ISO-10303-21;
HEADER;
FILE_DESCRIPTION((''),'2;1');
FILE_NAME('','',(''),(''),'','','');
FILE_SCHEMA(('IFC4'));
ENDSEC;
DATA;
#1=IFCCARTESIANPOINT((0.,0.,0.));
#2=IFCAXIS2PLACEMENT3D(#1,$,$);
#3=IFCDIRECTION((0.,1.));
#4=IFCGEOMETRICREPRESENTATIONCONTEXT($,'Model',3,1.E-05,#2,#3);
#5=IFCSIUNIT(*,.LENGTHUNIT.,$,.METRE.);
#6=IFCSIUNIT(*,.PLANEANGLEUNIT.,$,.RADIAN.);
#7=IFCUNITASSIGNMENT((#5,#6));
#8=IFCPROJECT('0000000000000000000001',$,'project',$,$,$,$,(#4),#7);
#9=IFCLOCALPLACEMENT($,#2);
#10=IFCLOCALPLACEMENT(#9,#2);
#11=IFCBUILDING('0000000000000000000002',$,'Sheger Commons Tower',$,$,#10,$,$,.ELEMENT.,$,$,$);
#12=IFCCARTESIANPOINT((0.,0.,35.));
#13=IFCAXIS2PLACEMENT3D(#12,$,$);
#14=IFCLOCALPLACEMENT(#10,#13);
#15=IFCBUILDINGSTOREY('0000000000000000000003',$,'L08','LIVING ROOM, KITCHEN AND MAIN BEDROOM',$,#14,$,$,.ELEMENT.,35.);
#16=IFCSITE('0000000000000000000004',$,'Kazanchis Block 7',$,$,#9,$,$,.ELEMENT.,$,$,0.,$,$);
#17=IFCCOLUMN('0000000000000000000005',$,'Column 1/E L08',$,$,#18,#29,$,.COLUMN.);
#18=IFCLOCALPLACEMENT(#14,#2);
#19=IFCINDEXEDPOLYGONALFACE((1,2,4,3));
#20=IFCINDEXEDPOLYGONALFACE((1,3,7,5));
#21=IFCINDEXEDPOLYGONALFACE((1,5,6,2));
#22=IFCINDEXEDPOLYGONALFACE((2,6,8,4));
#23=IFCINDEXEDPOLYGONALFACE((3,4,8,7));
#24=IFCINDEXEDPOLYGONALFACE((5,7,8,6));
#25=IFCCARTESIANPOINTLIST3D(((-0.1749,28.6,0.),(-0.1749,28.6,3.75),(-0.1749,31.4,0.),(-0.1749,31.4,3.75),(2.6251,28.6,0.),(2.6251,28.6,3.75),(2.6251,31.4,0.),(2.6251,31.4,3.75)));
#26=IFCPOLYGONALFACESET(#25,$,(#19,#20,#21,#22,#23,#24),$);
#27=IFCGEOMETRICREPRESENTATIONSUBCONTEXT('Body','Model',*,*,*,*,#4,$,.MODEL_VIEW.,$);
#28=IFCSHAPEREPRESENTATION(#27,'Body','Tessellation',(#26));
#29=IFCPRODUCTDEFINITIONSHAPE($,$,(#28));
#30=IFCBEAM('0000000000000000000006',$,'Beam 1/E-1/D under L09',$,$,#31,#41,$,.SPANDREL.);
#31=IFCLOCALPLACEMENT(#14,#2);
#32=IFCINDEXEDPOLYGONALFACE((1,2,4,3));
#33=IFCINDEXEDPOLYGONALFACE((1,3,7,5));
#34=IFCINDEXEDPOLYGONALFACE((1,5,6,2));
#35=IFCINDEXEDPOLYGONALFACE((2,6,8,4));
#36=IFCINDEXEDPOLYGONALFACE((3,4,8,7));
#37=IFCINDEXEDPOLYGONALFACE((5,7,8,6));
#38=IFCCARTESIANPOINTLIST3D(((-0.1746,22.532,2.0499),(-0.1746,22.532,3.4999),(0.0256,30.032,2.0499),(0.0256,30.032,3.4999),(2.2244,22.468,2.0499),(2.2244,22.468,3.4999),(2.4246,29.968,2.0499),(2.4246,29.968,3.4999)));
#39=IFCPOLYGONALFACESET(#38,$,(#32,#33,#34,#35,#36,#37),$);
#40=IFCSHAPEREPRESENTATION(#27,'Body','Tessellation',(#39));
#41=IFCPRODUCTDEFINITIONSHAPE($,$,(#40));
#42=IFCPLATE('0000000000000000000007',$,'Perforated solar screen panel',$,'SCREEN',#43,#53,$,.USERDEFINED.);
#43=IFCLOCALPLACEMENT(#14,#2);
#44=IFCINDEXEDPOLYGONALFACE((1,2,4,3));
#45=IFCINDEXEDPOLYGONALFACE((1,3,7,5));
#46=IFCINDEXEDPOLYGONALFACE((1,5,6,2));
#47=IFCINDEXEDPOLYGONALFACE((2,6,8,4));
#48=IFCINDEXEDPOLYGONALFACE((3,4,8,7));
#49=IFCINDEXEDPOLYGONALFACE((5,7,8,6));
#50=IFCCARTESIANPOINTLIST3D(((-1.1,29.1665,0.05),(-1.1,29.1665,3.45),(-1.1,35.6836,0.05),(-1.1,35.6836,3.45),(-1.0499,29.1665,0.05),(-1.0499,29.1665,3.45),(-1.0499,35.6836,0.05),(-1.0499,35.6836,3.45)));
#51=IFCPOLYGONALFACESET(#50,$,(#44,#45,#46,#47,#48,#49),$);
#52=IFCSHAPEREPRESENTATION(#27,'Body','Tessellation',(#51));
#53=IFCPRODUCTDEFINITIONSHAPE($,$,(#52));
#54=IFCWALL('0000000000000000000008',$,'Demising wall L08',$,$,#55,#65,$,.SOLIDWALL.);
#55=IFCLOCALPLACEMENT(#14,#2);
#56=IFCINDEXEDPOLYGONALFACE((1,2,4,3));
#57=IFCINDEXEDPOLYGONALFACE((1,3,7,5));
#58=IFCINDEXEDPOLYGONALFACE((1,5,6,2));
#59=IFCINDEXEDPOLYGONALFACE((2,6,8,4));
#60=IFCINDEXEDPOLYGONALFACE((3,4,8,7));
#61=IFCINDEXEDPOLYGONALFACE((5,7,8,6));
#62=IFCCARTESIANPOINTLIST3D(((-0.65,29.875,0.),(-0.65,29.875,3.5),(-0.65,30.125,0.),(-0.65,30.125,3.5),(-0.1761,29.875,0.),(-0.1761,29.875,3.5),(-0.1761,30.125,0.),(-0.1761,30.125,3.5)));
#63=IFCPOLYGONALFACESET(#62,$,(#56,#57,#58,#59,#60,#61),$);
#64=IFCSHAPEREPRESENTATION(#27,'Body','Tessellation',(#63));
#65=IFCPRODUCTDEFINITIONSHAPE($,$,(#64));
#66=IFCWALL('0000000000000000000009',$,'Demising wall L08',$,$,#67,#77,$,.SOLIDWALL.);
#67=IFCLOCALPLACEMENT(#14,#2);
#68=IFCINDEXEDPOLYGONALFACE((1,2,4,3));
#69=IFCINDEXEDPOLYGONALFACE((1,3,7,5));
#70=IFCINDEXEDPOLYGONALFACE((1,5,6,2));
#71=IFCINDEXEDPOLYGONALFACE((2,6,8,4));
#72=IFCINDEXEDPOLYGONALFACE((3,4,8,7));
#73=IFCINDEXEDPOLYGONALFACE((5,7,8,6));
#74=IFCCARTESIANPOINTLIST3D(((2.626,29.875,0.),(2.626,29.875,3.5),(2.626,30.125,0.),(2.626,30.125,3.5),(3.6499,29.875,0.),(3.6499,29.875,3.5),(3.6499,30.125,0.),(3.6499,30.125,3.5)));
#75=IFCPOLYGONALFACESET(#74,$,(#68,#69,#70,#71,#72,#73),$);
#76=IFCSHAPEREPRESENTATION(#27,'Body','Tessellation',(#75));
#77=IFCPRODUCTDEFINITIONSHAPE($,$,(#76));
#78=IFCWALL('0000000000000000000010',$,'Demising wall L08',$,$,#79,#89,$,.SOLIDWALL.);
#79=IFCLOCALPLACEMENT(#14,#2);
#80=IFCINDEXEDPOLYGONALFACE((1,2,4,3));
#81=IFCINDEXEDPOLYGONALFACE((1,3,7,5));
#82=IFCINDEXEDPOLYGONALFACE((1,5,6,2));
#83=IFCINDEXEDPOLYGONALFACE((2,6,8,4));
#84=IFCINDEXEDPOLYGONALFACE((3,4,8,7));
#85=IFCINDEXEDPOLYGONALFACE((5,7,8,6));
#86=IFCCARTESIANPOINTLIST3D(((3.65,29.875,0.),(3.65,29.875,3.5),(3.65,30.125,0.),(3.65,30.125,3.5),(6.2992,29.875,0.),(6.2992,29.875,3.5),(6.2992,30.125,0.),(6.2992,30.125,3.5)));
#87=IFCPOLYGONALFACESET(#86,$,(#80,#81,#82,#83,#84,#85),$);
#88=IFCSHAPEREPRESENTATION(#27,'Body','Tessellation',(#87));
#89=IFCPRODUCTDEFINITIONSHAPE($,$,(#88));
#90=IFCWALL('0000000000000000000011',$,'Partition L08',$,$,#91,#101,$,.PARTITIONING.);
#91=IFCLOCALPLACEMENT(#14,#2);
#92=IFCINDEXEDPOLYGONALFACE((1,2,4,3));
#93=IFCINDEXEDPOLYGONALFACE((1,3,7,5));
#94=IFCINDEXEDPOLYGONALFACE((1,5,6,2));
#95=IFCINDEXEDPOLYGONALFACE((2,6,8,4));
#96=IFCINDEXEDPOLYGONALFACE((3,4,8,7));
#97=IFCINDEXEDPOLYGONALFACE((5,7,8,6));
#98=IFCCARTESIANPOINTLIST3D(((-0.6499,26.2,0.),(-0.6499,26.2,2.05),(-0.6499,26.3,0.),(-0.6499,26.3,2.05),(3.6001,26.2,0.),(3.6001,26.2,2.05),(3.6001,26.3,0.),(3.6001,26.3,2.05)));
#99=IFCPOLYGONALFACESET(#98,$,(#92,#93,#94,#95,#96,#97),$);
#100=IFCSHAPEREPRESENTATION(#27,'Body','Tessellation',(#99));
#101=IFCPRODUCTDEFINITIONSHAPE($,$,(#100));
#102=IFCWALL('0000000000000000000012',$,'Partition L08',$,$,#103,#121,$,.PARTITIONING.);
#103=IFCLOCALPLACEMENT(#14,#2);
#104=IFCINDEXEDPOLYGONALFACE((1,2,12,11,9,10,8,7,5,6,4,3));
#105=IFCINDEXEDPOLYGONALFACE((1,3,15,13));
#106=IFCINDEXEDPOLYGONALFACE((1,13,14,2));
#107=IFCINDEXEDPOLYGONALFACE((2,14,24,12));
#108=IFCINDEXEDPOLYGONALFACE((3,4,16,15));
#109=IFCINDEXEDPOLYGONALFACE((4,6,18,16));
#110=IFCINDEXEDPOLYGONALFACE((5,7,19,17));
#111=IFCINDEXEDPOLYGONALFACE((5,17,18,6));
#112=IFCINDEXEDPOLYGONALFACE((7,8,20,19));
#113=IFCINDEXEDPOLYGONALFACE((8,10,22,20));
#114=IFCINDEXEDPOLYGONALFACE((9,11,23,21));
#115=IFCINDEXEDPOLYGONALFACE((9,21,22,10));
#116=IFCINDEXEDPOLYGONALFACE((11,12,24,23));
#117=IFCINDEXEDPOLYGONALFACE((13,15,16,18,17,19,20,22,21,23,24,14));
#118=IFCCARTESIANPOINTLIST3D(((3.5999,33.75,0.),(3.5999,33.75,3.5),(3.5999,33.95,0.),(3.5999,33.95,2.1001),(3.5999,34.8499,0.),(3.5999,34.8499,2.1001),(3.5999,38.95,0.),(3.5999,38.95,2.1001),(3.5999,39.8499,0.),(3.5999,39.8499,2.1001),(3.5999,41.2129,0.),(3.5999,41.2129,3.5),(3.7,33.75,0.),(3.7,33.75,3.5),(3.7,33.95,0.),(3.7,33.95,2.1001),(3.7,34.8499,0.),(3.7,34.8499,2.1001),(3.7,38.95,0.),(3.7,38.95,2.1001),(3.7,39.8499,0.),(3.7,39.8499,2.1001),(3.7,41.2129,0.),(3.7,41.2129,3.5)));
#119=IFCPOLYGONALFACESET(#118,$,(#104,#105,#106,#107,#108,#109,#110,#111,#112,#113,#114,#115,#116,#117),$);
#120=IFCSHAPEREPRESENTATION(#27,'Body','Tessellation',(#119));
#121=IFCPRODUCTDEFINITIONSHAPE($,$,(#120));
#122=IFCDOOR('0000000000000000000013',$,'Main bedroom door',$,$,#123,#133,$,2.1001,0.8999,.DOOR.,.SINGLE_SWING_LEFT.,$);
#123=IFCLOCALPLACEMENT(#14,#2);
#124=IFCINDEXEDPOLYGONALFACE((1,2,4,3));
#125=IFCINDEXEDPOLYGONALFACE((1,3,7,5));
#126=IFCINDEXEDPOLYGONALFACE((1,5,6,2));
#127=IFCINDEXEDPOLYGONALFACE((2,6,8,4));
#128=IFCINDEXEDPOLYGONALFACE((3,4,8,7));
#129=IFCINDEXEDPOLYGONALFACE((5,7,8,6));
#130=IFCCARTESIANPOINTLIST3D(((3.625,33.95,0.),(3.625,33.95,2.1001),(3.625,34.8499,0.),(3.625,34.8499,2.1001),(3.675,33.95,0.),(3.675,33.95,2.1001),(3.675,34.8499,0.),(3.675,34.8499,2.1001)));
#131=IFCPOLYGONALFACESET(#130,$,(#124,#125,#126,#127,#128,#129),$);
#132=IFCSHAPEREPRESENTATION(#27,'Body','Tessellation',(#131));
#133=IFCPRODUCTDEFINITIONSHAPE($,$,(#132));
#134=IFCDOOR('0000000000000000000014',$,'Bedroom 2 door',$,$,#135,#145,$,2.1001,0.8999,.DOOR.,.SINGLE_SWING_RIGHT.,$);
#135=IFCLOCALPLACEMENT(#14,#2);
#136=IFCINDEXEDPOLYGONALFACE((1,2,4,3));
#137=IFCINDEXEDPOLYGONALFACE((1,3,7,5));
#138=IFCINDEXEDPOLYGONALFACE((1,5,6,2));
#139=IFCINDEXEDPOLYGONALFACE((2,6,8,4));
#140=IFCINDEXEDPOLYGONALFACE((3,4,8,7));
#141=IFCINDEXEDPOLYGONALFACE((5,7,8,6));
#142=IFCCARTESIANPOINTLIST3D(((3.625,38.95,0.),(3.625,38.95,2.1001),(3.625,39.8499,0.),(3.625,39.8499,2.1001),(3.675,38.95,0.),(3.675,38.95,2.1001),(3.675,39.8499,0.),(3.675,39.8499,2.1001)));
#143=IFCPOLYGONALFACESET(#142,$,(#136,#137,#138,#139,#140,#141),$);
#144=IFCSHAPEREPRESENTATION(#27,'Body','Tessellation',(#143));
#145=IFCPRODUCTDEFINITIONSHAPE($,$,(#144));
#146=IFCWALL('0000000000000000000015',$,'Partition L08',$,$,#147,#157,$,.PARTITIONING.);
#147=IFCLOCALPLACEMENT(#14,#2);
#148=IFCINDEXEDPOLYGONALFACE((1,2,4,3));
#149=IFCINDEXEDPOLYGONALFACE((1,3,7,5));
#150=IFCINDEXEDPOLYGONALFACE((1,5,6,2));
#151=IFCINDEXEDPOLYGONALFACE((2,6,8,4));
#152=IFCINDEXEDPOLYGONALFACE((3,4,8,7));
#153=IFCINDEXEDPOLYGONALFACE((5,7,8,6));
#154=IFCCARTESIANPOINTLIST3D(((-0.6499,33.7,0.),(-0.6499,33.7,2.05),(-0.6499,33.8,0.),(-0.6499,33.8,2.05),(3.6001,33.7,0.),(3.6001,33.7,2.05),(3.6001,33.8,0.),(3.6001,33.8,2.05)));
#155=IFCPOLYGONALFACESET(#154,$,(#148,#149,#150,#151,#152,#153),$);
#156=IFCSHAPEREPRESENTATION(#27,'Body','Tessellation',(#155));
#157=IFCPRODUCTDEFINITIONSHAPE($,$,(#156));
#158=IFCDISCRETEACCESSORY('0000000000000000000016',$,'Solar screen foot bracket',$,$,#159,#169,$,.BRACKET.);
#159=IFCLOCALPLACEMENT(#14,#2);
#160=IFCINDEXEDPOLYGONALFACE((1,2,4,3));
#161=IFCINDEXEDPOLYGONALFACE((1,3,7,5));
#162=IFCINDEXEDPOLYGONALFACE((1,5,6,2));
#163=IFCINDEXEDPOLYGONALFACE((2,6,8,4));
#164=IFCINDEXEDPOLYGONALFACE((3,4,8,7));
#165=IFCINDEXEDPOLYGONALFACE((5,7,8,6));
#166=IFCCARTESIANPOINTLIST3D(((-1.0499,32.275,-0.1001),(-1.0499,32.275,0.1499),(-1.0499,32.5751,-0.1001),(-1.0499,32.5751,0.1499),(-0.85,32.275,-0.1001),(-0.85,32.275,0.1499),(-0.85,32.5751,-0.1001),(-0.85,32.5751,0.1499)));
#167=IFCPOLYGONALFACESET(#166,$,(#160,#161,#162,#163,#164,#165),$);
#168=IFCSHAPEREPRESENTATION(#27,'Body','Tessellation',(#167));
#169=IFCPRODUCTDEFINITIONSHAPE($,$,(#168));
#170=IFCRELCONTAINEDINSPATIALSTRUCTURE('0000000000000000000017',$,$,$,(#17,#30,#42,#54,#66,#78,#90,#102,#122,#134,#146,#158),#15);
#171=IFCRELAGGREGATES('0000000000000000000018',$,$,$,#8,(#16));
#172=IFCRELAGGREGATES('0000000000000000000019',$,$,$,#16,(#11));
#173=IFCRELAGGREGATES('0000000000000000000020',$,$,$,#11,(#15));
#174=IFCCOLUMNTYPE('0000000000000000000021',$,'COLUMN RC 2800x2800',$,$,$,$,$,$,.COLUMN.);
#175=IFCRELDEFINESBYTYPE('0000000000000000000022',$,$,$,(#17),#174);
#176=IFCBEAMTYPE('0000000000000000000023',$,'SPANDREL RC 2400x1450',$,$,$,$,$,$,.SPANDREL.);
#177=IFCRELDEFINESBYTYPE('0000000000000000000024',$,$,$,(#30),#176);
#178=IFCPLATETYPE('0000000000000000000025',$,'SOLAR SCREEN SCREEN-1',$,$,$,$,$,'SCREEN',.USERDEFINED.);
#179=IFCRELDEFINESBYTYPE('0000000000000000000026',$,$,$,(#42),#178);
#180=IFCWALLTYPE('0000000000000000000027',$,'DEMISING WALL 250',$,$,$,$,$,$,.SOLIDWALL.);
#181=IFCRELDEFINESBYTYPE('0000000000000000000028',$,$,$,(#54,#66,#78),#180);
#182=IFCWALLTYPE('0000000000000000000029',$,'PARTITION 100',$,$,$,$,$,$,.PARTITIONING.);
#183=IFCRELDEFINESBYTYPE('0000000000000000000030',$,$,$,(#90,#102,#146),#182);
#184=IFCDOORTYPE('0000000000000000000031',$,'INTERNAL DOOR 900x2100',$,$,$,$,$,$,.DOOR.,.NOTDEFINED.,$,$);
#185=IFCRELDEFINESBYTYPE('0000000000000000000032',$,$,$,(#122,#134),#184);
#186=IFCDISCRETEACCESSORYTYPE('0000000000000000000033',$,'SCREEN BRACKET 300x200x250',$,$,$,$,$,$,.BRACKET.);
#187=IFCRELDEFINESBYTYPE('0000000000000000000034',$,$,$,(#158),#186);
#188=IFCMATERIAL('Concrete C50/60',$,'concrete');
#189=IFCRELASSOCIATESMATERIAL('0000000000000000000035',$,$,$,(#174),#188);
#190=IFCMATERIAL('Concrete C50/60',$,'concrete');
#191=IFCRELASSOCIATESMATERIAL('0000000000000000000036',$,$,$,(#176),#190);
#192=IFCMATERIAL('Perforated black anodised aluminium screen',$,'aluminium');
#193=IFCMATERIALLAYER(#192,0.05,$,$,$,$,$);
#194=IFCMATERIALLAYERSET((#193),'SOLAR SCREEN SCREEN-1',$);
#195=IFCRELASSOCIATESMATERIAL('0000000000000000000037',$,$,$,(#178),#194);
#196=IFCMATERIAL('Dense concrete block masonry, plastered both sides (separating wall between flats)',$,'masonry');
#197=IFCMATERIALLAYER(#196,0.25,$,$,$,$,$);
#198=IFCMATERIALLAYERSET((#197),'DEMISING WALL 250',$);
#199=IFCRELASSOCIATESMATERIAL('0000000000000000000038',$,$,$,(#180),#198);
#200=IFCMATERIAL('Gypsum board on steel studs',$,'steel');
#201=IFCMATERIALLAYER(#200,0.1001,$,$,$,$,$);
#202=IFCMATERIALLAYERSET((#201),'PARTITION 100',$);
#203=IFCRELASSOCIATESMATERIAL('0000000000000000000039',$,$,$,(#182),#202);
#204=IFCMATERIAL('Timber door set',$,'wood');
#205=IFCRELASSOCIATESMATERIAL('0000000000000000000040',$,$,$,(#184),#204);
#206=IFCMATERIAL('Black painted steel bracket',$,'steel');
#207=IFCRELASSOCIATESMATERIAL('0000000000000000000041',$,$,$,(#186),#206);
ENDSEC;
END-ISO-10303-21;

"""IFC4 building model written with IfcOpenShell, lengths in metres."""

from ifc_helpers import new_model, si_unit, direction, frame, frame_2d, origin, origin_2d, place, context, subcontext, project, spatial, rectangle, extrude, material, layer, layer_set, material_profile, profile_set, type_object, element, fill, save


model = new_model("IFC4")

# Units and contexts
model_context = context("Model", 3, precision=1e-05, world=origin(), true_north=direction((0.0, 1.0)))
body_context = subcontext(model_context, "Body", "Model", "MODEL_VIEW")
ifc_project = project(units=[si_unit("LENGTHUNIT", "METRE"), si_unit("PLANEANGLEUNIT", "RADIAN")], contexts=[model_context])

# Site, building, storey
site_placement = place(None, origin())
site = spatial("IfcSite", under=ifc_project, at=site_placement, Name="Kazanchis Block 7", CompositionType="ELEMENT", RefElevation=0.0)
building_placement = place(site_placement, origin())
building = spatial("IfcBuilding", under=site, at=building_placement, Name="Sheger Commons Tower", CompositionType="ELEMENT")
storey_placement = place(building_placement, frame((0.0, 0.0, 35.0)))
storey = spatial("IfcBuildingStorey", under=building, at=storey_placement, Name="L08", Description="LIVING ROOM, KITCHEN AND MAIN BEDROOM", CompositionType="ELEMENT", Elevation=35.0)

# Column
ifc_material_1 = material(Name="Concrete C50/60", Category="concrete")
ifc_material_profile_1 = material_profile(ifc_material_1, rectangle(XDim=2.8, YDim=2.8, at=origin_2d()), Name="RC 2800x2800")
ifc_profile_set_1 = profile_set([ifc_material_profile_1], Name="Concrete C50/60")
column_type = type_object("IfcColumnType", Name="COLUMN RC 2800x2800", PredefinedType="COLUMN", material=ifc_profile_set_1)
column_placement = place(storey_placement, frame((1.2251, 30.0, 0.0), z_axis=(0.0, 0.0, 1.0), x_axis=(1.0, 0.0, 0.0)))
element("IfcColumn", 1, at=column_placement, inside=storey, type_object=column_type, Name="Column 1/E L08", PredefinedType="COLUMN", context=body_context, shape_type="SweptSolid", body=[
    extrude(rectangle(XDim=2.8, YDim=2.8, at=origin_2d()), origin(), (0.0, 0.0, 1.0), 3.75),
])

# Beam
ifc_material_2 = material(Name="Concrete C50/60", Category="concrete")
ifc_material_profile_2 = material_profile(ifc_material_2, rectangle(XDim=2.3999, YDim=1.45, at=origin_2d()), Name="RC 2400x1450")
ifc_profile_set_2 = profile_set([ifc_material_profile_2], Name="Concrete C50/60")
beam_type = type_object("IfcBeamType", Name="SPANDREL RC 2400x1450", PredefinedType="SPANDREL", material=ifc_profile_set_2)
beam_placement = place(storey_placement, frame((1.2251, 30.0, 2.7749), z_axis=(-0.026683, -0.999644, 0.0), x_axis=(0.999644, -0.026683, 0.0)))
element("IfcBeam", 2, at=beam_placement, inside=storey, type_object=beam_type, Name="Beam 1/E-1/D under L09", PredefinedType="SPANDREL", context=body_context, shape_type="SweptSolid", body=[
    extrude(rectangle(XDim=2.3999, YDim=1.45, at=origin_2d()), origin(), (0.0, 0.0, 1.0), 7.5027),
])

# Plate
ifc_material_3 = material(Name="Perforated black anodised aluminium screen", Category="aluminium")
ifc_layer_1 = layer(ifc_material_3, 0.05)
ifc_layer_set_1 = layer_set([ifc_layer_1], Name="SOLAR SCREEN SCREEN-1")
plate_type = type_object("IfcPlateType", Name="SOLAR SCREEN SCREEN-1", ElementType="SCREEN", PredefinedType="USERDEFINED", material=ifc_layer_set_1)
plate_placement = place(storey_placement, frame((-1.075, 32.425, 0.05), z_axis=(0.0, 0.0, 1.0), x_axis=(0.0, -1.0, 0.0)))
element("IfcPlate", 3, at=plate_placement, inside=storey, type_object=plate_type, Name="Perforated solar screen panel", ObjectType="SCREEN", PredefinedType="USERDEFINED", context=body_context, shape_type="SweptSolid", body=[
    extrude(rectangle(XDim=6.5171, YDim=0.05, at=origin_2d()), origin(), (0.0, 0.0, 1.0), 3.3999),
])

# Walls
ifc_material_4 = material(Name="Dense concrete block masonry, plastered both sides (separating wall between flats)", Category="masonry")
ifc_layer_2 = layer(ifc_material_4, 0.25)
ifc_layer_set_2 = layer_set([ifc_layer_2], Name="DEMISING WALL 250")
wall_type_1 = type_object("IfcWallType", Name="DEMISING WALL 250", PredefinedType="SOLIDWALL", material=ifc_layer_set_2)
wall_1_placement = place(storey_placement, frame((-0.6499, 30.0, 0.0), z_axis=(0.0, 0.0, 1.0), x_axis=(1.0, 0.0, 0.0)))
element("IfcWall", 4, at=wall_1_placement, inside=storey, type_object=wall_type_1, Name="Demising wall L08", PredefinedType="SOLIDWALL", context=body_context, shape_type="SweptSolid", body=[
    extrude(rectangle(XDim=0.4739, YDim=0.25, at=frame_2d((0.2368, 0.0))), origin(), (0.0, 0.0, 1.0), 3.5),
])
wall_2_placement = place(storey_placement, frame((2.626, 30.0, 0.0), z_axis=(0.0, 0.0, 1.0), x_axis=(1.0, 0.0, 0.0)))
element("IfcWall", 5, at=wall_2_placement, inside=storey, type_object=wall_type_1, Name="Demising wall L08", PredefinedType="SOLIDWALL", context=body_context, shape_type="SweptSolid", body=[
    extrude(rectangle(XDim=1.0239, YDim=0.25, at=frame_2d((0.512, 0.0))), origin(), (0.0, 0.0, 1.0), 3.5),
])
wall_3_placement = place(storey_placement, frame((3.6499, 30.0, 0.0), z_axis=(0.0, 0.0, 1.0), x_axis=(1.0, 0.0, 0.0)))
element("IfcWall", 6, at=wall_3_placement, inside=storey, type_object=wall_type_1, Name="Demising wall L08", PredefinedType="SOLIDWALL", context=body_context, shape_type="SweptSolid", body=[
    extrude(rectangle(XDim=2.6492, YDim=0.25, at=frame_2d((1.3247, 0.0))), origin(), (0.0, 0.0, 1.0), 3.5),
])
ifc_material_5 = material(Name="Gypsum board on steel studs", Category="steel")
ifc_layer_3 = layer(ifc_material_5, 0.1001)
ifc_layer_set_3 = layer_set([ifc_layer_3], Name="PARTITION 100")
wall_type_2 = type_object("IfcWallType", Name="PARTITION 100", PredefinedType="PARTITIONING", material=ifc_layer_set_3)
wall_4_placement = place(storey_placement, frame((-0.6499, 26.25, 0.0), z_axis=(0.0, 0.0, 1.0), x_axis=(1.0, 0.0, 0.0)))
element("IfcWall", 7, at=wall_4_placement, inside=storey, type_object=wall_type_2, Name="Partition L08", PredefinedType="PARTITIONING", context=body_context, shape_type="SweptSolid", body=[
    extrude(rectangle(XDim=4.25, YDim=0.1001, at=frame_2d((2.125, 0.0))), origin(), (0.0, 0.0, 1.0), 2.05),
])

# Wall, openings, doors
wall_5_placement = place(storey_placement, frame((3.6499, 33.75, 0.0), z_axis=(0.0, 0.0, 1.0), x_axis=(0.0, 1.0, 0.0)))
wall_5 = element("IfcWall", 8, at=wall_5_placement, inside=storey, type_object=wall_type_2, Name="Partition L08", PredefinedType="PARTITIONING", context=body_context, shape_type="SweptSolid", body=[
    extrude(rectangle(XDim=7.4629, YDim=0.1001, at=frame_2d((3.7314, 0.0))), origin(), (0.0, 0.0, 1.0), 3.5),
])
opening_1_placement = place(wall_5_placement, frame((0.2, 0.0, 0.0)))
opening_1 = element("IfcOpeningElement", 9, at=opening_1_placement, cuts=wall_5, PredefinedType="OPENING", context=body_context, shape_type="SweptSolid", body=[
    extrude(rectangle(XDim=0.8999, YDim=2.1001, at=frame_2d((0.45, 1.05))), frame((0.0, 0.0601, 0.0), z_axis=(0.0, -1.0, 0.0), x_axis=(1.0, 0.0, 0.0)), (0.0, 0.0, 1.0), 0.1201),
])
opening_2_placement = place(wall_5_placement, frame((5.2, 0.0, 0.0)))
opening_2 = element("IfcOpeningElement", 10, at=opening_2_placement, cuts=wall_5, PredefinedType="OPENING", context=body_context, shape_type="SweptSolid", body=[
    extrude(rectangle(XDim=0.8999, YDim=2.1001, at=frame_2d((0.45, 1.05))), frame((0.0, 0.0601, 0.0), z_axis=(0.0, -1.0, 0.0), x_axis=(1.0, 0.0, 0.0)), (0.0, 0.0, 1.0), 0.1201),
])
ifc_material_6 = material(Name="Timber door set", Category="wood")
door_type = type_object("IfcDoorType", Name="INTERNAL DOOR 900x2100", OperationType="NOTDEFINED", PredefinedType="DOOR", material=ifc_material_6)
door_1_placement = place(opening_1_placement, origin())
door_1 = element("IfcDoor", 11, at=door_1_placement, inside=storey, type_object=door_type, Name="Main bedroom door", OperationType="SINGLE_SWING_LEFT", OverallHeight=2.1001, OverallWidth=0.8999, PredefinedType="DOOR", context=body_context, shape_type="SweptSolid", body=[
    extrude(rectangle(XDim=0.8999, YDim=2.1001, at=frame_2d((0.45, 1.05))), frame((0.0, 0.0249, 0.0), z_axis=(0.0, -1.0, 0.0), x_axis=(1.0, 0.0, 0.0)), (0.0, 0.0, 1.0), 0.05),
])
fill(opening_1, door_1)
door_2_placement = place(opening_2_placement, origin())
door_2 = element("IfcDoor", 12, at=door_2_placement, inside=storey, type_object=door_type, Name="Bedroom 2 door", OperationType="SINGLE_SWING_RIGHT", OverallHeight=2.1001, OverallWidth=0.8999, PredefinedType="DOOR", context=body_context, shape_type="SweptSolid", body=[
    extrude(rectangle(XDim=0.8999, YDim=2.1001, at=frame_2d((0.45, 1.05))), frame((0.0, 0.0249, 0.0), z_axis=(0.0, -1.0, 0.0), x_axis=(1.0, 0.0, 0.0)), (0.0, 0.0, 1.0), 0.05),
])
fill(opening_2, door_2)

# Wall
wall_6_placement = place(storey_placement, frame((-0.6499, 33.75, 0.0), z_axis=(0.0, 0.0, 1.0), x_axis=(1.0, 0.0, 0.0)))
element("IfcWall", 13, at=wall_6_placement, inside=storey, type_object=wall_type_2, Name="Partition L08", PredefinedType="PARTITIONING", context=body_context, shape_type="SweptSolid", body=[
    extrude(rectangle(XDim=4.25, YDim=0.1001, at=frame_2d((2.125, 0.0))), origin(), (0.0, 0.0, 1.0), 2.05),
])

# Discrete accessory
ifc_material_7 = material(Name="Black painted steel bracket", Category="steel")
discrete_accessory_type = type_object("IfcDiscreteAccessoryType", Name="SCREEN BRACKET 300x200x250", PredefinedType="BRACKET", material=ifc_material_7)
for number, where, z_axis, x_axis, name in (
    (14, (-0.95, 32.425, -0.1001), (0.0, 0.0, 1.0), (0.0, -1.0, 0.0), "Solar screen foot bracket"),
):
    element("IfcDiscreteAccessory", number, at=place(storey_placement, frame(where, z_axis=z_axis, x_axis=x_axis)), inside=storey, type_object=discrete_accessory_type, Name=name, PredefinedType="BRACKET", context=body_context, shape_type="SweptSolid", body=[
        extrude(rectangle(XDim=0.3, YDim=0.2, at=origin_2d()), origin(), (0.0, 0.0, 1.0), 0.25),
    ])

save(model, "model.ifc")
